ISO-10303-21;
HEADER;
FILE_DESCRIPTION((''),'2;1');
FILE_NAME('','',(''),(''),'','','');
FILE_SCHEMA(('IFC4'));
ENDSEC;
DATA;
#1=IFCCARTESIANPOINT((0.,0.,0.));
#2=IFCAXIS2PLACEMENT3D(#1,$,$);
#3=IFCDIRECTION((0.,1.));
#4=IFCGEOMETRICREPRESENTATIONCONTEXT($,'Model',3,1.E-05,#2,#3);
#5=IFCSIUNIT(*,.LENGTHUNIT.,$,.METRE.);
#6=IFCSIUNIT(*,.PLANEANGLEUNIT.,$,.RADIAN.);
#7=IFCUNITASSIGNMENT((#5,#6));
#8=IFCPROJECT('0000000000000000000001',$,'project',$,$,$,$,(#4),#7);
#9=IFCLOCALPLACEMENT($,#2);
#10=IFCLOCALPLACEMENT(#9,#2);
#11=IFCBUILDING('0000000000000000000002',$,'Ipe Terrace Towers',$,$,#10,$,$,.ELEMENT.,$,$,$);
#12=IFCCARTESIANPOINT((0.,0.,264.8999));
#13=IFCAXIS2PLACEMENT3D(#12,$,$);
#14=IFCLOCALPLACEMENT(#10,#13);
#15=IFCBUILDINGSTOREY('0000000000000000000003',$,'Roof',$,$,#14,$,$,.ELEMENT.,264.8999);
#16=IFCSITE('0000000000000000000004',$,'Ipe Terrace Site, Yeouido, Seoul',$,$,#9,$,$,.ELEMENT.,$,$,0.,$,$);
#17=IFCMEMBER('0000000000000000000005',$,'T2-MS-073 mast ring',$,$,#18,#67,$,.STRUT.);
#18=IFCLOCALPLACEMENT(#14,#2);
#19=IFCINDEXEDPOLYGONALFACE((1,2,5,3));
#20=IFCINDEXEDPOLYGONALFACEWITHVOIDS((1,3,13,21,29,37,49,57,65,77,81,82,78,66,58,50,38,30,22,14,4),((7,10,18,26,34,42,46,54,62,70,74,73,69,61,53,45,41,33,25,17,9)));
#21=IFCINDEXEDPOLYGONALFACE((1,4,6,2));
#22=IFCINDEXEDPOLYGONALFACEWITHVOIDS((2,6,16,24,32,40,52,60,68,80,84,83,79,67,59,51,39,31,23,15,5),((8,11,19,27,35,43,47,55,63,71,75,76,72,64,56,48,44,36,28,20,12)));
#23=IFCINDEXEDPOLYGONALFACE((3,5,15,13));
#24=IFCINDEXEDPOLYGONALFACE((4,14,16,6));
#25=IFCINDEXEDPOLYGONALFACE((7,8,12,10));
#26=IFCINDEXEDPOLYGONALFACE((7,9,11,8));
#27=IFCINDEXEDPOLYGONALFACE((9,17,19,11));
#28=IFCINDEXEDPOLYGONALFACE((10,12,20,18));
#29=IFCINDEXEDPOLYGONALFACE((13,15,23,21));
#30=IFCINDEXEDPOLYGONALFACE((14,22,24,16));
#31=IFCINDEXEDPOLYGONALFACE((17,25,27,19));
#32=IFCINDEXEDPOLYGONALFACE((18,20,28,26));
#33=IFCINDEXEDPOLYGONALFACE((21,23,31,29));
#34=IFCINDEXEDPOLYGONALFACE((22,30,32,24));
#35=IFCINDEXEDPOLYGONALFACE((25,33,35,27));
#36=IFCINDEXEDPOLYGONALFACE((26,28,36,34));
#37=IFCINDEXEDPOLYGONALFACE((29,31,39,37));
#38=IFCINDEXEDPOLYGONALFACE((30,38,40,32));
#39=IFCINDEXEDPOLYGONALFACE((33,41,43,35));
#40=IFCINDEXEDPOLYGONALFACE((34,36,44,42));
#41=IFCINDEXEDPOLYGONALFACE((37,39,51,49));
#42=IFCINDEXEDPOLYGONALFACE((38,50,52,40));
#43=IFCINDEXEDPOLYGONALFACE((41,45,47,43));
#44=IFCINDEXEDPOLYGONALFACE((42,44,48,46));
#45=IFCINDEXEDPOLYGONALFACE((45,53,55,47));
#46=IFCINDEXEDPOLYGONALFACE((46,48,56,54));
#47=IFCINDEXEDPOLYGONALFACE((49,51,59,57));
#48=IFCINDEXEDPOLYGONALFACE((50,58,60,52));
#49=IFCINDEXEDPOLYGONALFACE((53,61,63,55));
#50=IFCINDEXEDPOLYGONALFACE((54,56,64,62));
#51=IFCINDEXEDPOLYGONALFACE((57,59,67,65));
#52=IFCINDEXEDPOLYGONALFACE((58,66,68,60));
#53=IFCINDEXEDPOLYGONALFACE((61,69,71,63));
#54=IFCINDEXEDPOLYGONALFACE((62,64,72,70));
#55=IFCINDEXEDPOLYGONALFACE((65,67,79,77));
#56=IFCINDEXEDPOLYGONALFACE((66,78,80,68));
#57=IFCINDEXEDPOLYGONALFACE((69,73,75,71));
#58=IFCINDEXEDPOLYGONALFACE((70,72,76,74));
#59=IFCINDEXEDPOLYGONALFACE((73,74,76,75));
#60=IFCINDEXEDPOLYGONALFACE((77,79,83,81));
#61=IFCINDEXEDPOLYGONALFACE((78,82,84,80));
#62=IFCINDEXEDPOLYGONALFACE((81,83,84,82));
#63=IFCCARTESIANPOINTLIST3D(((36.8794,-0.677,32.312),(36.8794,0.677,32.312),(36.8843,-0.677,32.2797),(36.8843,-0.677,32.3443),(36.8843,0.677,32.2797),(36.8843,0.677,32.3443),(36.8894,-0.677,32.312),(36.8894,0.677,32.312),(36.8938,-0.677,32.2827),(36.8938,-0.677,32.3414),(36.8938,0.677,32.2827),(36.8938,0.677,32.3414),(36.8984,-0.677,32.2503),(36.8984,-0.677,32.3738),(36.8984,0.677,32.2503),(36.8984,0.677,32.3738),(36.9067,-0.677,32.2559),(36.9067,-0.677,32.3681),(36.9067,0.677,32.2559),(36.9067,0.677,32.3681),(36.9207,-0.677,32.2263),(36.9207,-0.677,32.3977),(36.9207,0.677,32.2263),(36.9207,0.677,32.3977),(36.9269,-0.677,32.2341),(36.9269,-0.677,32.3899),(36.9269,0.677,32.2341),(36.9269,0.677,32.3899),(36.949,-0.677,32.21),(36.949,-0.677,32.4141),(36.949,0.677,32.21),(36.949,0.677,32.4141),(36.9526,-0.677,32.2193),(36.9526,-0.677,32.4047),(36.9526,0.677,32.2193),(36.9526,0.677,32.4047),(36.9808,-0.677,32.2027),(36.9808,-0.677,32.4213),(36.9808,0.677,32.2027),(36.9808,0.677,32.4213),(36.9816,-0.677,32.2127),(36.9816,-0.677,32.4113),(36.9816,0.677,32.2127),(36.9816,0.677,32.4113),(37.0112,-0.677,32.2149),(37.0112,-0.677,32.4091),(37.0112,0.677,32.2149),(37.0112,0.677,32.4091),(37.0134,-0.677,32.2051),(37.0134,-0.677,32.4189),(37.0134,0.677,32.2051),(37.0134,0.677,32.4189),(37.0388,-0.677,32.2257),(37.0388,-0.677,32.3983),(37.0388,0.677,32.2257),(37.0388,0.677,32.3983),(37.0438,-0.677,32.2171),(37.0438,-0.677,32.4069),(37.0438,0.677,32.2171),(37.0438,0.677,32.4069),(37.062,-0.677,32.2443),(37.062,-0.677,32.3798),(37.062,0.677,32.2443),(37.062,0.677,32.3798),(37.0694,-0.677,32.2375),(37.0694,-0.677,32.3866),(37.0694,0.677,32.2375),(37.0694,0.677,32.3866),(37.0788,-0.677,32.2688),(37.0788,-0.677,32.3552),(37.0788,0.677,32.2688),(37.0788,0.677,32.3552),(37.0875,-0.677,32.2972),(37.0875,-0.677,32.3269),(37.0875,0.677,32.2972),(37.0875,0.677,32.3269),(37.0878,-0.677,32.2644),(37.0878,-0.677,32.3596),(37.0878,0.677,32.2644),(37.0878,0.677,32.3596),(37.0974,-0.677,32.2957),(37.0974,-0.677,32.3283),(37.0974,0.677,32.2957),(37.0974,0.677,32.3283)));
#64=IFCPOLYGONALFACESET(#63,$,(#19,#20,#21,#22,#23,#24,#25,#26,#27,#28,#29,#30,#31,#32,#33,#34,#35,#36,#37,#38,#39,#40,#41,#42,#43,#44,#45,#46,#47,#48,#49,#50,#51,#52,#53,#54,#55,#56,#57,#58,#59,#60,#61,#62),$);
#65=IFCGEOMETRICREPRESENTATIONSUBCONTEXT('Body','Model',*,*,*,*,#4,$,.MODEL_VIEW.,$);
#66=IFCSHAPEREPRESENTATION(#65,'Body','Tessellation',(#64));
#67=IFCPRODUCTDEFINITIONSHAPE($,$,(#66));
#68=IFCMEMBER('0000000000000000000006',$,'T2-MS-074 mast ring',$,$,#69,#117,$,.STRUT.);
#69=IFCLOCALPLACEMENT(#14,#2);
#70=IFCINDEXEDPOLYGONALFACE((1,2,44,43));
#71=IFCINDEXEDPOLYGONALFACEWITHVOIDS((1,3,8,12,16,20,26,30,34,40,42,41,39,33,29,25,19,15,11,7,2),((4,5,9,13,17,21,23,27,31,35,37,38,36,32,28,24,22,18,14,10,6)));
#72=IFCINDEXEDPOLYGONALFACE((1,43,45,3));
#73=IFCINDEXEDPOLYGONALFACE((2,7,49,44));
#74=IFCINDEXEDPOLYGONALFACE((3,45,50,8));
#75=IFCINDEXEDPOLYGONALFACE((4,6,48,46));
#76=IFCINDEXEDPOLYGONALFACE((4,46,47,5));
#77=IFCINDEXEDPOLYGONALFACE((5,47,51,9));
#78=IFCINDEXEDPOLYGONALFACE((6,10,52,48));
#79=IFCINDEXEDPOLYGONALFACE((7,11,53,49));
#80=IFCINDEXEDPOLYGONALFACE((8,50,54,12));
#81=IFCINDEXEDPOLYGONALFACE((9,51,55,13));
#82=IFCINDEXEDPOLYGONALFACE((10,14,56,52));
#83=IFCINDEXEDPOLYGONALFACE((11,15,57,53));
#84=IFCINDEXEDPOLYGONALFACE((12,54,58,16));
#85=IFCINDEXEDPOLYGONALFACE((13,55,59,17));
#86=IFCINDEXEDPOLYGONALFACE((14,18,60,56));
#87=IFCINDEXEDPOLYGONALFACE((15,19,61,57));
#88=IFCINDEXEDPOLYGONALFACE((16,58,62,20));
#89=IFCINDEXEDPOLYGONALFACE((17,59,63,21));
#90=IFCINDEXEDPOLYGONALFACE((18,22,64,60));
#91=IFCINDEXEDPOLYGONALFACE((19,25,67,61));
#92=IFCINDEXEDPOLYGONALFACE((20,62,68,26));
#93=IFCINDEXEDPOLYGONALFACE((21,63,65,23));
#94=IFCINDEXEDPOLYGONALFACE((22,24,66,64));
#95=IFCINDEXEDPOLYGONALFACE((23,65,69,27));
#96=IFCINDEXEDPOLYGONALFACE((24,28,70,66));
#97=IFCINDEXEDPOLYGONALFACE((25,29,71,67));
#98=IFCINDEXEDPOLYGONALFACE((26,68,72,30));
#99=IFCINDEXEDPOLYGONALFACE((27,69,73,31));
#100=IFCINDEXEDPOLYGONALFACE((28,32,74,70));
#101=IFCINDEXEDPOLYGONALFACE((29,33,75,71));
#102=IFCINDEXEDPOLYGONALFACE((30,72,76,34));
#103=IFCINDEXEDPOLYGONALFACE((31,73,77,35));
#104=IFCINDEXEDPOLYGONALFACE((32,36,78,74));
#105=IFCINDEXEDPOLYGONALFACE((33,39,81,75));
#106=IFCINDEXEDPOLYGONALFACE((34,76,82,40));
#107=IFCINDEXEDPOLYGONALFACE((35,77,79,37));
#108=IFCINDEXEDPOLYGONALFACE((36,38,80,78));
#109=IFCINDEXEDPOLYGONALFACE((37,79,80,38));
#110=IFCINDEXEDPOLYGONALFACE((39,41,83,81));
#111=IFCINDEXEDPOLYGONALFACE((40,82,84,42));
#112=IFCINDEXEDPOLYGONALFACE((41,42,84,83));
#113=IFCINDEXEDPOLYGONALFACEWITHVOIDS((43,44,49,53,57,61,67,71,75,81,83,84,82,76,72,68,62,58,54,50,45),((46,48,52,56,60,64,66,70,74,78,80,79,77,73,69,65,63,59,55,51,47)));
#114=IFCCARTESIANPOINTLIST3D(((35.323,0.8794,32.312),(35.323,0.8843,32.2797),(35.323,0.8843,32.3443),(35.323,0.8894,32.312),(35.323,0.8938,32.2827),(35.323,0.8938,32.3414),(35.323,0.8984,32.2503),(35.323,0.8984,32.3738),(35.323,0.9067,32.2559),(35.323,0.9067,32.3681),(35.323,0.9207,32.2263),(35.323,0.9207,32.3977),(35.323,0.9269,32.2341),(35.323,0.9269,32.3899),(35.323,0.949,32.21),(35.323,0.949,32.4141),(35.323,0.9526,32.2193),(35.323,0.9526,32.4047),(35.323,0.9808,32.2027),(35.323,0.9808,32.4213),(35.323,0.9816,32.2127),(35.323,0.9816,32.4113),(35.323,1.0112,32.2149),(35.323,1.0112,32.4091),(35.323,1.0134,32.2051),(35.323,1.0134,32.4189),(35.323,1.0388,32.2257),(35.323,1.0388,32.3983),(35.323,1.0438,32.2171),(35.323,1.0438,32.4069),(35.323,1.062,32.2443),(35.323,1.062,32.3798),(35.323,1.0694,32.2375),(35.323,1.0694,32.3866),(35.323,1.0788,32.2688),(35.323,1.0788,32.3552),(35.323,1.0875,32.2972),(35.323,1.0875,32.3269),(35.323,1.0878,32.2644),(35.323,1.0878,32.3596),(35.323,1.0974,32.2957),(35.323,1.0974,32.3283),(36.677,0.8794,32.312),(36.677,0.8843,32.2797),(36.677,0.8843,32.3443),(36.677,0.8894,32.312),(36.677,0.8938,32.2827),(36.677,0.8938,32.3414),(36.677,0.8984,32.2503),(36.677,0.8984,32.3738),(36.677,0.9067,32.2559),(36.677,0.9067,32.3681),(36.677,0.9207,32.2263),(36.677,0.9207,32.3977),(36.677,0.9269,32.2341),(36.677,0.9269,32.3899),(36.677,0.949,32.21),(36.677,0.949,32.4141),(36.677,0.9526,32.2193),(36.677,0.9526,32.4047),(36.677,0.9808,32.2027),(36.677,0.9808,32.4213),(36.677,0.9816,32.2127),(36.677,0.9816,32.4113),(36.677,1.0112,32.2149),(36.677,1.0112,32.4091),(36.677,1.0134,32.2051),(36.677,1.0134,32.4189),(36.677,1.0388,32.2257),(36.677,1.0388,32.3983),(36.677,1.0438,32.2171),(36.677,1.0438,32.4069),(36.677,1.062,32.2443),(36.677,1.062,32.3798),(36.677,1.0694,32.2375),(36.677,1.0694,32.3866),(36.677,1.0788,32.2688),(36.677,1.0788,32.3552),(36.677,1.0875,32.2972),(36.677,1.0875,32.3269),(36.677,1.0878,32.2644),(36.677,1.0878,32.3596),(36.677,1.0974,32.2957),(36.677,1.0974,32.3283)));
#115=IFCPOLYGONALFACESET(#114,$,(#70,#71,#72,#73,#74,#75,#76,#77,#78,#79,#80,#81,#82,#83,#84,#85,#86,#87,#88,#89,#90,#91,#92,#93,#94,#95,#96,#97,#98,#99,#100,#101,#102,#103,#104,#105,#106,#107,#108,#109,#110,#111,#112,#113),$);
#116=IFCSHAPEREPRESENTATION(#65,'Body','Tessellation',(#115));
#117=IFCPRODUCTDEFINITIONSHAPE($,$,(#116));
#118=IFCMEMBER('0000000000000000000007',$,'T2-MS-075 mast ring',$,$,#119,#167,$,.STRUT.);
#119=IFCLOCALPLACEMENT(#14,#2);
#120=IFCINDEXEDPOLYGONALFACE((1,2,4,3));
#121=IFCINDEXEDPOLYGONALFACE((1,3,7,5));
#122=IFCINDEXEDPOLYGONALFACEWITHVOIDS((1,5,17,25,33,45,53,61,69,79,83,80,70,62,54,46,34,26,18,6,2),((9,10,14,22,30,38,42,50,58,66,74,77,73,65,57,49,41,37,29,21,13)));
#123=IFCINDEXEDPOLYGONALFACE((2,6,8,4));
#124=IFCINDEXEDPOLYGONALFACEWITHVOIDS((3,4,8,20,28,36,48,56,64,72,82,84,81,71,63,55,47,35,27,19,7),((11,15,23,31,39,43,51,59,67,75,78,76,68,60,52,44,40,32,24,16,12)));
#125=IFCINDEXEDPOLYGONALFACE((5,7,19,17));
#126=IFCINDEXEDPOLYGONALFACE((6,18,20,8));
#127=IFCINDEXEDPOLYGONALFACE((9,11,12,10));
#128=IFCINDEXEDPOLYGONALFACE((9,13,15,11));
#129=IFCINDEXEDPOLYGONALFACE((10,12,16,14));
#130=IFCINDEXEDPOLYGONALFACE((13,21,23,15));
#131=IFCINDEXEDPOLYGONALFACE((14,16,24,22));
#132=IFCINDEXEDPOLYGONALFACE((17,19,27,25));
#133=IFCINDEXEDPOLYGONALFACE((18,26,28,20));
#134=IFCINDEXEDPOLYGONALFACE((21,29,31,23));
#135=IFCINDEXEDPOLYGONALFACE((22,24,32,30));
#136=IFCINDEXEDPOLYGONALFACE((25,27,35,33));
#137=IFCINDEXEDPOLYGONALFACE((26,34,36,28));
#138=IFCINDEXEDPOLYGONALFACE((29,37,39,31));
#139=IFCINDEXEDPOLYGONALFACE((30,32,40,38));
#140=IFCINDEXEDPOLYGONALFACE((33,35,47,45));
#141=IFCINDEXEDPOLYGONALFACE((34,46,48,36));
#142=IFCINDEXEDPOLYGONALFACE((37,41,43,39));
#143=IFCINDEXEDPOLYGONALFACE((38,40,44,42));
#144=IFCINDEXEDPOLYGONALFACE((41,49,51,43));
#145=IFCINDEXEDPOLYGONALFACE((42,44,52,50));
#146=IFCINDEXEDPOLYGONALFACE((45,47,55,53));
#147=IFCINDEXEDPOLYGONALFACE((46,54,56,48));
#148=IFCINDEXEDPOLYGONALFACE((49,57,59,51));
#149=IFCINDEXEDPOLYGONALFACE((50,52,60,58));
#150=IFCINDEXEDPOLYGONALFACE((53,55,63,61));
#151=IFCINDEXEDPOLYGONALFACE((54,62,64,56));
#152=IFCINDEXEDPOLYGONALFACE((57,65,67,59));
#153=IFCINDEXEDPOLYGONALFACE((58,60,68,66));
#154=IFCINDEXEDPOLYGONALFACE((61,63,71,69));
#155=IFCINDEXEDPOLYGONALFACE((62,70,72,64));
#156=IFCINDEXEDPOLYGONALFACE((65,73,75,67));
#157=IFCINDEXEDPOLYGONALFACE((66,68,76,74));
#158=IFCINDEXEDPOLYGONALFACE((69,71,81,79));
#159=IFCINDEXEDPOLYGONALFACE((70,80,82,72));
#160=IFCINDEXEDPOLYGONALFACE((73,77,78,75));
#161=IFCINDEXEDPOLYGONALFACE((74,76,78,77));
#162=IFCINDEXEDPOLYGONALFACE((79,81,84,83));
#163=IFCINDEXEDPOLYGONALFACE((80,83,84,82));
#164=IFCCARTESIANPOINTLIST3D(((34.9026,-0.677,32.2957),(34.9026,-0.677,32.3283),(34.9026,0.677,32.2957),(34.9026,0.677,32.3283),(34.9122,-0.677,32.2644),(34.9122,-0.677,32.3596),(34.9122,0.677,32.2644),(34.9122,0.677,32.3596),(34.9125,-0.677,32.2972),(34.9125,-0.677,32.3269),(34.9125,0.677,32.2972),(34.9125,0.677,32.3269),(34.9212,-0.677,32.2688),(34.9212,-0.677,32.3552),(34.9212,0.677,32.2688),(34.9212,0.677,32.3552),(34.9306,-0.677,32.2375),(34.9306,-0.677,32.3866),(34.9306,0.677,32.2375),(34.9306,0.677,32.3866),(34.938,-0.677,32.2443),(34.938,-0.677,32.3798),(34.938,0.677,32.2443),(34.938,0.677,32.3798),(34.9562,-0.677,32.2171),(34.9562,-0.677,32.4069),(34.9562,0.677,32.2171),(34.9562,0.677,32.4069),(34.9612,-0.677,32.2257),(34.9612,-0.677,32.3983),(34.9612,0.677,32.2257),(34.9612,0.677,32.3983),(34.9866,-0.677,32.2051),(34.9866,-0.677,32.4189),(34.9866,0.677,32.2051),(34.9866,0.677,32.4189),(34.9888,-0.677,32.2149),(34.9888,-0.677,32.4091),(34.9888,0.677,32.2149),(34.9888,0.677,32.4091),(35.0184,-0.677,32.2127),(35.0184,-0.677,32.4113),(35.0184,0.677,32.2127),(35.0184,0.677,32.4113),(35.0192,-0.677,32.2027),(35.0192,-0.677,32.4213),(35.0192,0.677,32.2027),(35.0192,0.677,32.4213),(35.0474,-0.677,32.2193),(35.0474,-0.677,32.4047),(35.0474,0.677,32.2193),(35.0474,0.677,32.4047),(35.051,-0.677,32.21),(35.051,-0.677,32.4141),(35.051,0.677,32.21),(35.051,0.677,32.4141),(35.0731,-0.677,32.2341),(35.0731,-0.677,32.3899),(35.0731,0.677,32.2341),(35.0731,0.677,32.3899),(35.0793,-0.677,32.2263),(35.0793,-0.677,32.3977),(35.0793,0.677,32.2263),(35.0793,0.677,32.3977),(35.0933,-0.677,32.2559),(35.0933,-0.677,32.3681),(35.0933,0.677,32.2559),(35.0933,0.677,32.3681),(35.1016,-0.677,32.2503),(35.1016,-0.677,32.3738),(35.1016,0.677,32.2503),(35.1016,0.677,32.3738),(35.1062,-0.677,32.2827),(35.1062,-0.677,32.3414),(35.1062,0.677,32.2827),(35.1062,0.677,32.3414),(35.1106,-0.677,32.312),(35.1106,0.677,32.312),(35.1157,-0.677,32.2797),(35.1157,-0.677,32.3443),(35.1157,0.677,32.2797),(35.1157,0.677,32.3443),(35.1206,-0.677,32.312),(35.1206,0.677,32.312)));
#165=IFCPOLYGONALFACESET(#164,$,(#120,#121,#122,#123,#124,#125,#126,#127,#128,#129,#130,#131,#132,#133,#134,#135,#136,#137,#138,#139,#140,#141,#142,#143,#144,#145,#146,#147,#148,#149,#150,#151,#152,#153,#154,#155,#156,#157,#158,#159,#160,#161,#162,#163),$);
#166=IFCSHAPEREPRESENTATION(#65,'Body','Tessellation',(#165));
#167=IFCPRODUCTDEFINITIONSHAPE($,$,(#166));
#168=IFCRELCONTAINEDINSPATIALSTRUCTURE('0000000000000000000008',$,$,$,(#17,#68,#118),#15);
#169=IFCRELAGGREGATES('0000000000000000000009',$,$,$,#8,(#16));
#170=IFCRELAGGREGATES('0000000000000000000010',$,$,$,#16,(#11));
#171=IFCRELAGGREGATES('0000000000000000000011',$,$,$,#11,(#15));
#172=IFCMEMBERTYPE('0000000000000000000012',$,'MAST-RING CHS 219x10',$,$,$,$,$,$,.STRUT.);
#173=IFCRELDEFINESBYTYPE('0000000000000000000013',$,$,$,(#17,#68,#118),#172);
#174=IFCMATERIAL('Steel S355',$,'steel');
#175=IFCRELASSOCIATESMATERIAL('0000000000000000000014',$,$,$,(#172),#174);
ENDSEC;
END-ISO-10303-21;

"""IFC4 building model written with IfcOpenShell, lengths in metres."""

from ifc_helpers import new_model, si_unit, direction, frame, origin, origin_2d, place, context, subcontext, project, spatial, hollow_circle, extrude, material, material_profile, profile_set, type_object, element, save


model = new_model("IFC4")

# Units and contexts
model_context = context("Model", 3, precision=1e-05, world=origin(), true_north=direction((0.0, 1.0)))
body_context = subcontext(model_context, "Body", "Model", "MODEL_VIEW")
ifc_project = project(units=[si_unit("LENGTHUNIT", "METRE"), si_unit("PLANEANGLEUNIT", "RADIAN")], contexts=[model_context])

# Site, building, storey
site_placement = place(None, origin())
site = spatial("IfcSite", under=ifc_project, at=site_placement, Name="Ipe Terrace Site, Yeouido, Seoul", CompositionType="ELEMENT", RefElevation=0.0)
building_placement = place(site_placement, origin())
building = spatial("IfcBuilding", under=site, at=building_placement, Name="Ipe Terrace Towers", CompositionType="ELEMENT")
storey_placement = place(building_placement, frame((0.0, 0.0, 264.8999)))
storey = spatial("IfcBuildingStorey", under=building, at=storey_placement, Name="Roof", CompositionType="ELEMENT", Elevation=264.8999)

# Members
ifc_material_1 = material(Name="Steel S355", Category="steel")
ifc_material_profile_1 = material_profile(ifc_material_1, hollow_circle(Radius=0.1096, WallThickness=0.01, at=origin_2d()), Name="MAST-RING CHS 219x10")
ifc_profile_set_1 = profile_set([ifc_material_profile_1], Name="Steel S355")
member_type_1 = type_object("IfcMemberType", Name="MAST-RING CHS 219x10", PredefinedType="STRUT", material=ifc_profile_set_1)
for number, where, z_axis, x_axis, name in (
    (1, (36.989, -0.677, 32.312), (0.0, 1.0, 0.0), (-1.0, 0.0, 0.0), "T2-MS-073 mast ring"),
    (2, (36.677, 0.989, 32.312), (-1.0, 0.0, 0.0), (0.0, -1.0, 0.0), "T2-MS-074 mast ring"),
    (3, (35.011, 0.677, 32.312), (0.0, -1.0, 0.0), (1.0, 0.0, 0.0), "T2-MS-075 mast ring"),
):
    element("IfcMember", number, at=place(storey_placement, frame(where, z_axis=z_axis, x_axis=x_axis)), inside=storey, type_object=member_type_1, Name=name, PredefinedType="STRUT", context=body_context, shape_type="SweptSolid", body=[
        extrude(hollow_circle(Radius=0.1096, WallThickness=0.01, at=origin_2d()), origin(), (0.0, 0.0, 1.0), 1.354),
    ])

save(model, "model.ifc")
